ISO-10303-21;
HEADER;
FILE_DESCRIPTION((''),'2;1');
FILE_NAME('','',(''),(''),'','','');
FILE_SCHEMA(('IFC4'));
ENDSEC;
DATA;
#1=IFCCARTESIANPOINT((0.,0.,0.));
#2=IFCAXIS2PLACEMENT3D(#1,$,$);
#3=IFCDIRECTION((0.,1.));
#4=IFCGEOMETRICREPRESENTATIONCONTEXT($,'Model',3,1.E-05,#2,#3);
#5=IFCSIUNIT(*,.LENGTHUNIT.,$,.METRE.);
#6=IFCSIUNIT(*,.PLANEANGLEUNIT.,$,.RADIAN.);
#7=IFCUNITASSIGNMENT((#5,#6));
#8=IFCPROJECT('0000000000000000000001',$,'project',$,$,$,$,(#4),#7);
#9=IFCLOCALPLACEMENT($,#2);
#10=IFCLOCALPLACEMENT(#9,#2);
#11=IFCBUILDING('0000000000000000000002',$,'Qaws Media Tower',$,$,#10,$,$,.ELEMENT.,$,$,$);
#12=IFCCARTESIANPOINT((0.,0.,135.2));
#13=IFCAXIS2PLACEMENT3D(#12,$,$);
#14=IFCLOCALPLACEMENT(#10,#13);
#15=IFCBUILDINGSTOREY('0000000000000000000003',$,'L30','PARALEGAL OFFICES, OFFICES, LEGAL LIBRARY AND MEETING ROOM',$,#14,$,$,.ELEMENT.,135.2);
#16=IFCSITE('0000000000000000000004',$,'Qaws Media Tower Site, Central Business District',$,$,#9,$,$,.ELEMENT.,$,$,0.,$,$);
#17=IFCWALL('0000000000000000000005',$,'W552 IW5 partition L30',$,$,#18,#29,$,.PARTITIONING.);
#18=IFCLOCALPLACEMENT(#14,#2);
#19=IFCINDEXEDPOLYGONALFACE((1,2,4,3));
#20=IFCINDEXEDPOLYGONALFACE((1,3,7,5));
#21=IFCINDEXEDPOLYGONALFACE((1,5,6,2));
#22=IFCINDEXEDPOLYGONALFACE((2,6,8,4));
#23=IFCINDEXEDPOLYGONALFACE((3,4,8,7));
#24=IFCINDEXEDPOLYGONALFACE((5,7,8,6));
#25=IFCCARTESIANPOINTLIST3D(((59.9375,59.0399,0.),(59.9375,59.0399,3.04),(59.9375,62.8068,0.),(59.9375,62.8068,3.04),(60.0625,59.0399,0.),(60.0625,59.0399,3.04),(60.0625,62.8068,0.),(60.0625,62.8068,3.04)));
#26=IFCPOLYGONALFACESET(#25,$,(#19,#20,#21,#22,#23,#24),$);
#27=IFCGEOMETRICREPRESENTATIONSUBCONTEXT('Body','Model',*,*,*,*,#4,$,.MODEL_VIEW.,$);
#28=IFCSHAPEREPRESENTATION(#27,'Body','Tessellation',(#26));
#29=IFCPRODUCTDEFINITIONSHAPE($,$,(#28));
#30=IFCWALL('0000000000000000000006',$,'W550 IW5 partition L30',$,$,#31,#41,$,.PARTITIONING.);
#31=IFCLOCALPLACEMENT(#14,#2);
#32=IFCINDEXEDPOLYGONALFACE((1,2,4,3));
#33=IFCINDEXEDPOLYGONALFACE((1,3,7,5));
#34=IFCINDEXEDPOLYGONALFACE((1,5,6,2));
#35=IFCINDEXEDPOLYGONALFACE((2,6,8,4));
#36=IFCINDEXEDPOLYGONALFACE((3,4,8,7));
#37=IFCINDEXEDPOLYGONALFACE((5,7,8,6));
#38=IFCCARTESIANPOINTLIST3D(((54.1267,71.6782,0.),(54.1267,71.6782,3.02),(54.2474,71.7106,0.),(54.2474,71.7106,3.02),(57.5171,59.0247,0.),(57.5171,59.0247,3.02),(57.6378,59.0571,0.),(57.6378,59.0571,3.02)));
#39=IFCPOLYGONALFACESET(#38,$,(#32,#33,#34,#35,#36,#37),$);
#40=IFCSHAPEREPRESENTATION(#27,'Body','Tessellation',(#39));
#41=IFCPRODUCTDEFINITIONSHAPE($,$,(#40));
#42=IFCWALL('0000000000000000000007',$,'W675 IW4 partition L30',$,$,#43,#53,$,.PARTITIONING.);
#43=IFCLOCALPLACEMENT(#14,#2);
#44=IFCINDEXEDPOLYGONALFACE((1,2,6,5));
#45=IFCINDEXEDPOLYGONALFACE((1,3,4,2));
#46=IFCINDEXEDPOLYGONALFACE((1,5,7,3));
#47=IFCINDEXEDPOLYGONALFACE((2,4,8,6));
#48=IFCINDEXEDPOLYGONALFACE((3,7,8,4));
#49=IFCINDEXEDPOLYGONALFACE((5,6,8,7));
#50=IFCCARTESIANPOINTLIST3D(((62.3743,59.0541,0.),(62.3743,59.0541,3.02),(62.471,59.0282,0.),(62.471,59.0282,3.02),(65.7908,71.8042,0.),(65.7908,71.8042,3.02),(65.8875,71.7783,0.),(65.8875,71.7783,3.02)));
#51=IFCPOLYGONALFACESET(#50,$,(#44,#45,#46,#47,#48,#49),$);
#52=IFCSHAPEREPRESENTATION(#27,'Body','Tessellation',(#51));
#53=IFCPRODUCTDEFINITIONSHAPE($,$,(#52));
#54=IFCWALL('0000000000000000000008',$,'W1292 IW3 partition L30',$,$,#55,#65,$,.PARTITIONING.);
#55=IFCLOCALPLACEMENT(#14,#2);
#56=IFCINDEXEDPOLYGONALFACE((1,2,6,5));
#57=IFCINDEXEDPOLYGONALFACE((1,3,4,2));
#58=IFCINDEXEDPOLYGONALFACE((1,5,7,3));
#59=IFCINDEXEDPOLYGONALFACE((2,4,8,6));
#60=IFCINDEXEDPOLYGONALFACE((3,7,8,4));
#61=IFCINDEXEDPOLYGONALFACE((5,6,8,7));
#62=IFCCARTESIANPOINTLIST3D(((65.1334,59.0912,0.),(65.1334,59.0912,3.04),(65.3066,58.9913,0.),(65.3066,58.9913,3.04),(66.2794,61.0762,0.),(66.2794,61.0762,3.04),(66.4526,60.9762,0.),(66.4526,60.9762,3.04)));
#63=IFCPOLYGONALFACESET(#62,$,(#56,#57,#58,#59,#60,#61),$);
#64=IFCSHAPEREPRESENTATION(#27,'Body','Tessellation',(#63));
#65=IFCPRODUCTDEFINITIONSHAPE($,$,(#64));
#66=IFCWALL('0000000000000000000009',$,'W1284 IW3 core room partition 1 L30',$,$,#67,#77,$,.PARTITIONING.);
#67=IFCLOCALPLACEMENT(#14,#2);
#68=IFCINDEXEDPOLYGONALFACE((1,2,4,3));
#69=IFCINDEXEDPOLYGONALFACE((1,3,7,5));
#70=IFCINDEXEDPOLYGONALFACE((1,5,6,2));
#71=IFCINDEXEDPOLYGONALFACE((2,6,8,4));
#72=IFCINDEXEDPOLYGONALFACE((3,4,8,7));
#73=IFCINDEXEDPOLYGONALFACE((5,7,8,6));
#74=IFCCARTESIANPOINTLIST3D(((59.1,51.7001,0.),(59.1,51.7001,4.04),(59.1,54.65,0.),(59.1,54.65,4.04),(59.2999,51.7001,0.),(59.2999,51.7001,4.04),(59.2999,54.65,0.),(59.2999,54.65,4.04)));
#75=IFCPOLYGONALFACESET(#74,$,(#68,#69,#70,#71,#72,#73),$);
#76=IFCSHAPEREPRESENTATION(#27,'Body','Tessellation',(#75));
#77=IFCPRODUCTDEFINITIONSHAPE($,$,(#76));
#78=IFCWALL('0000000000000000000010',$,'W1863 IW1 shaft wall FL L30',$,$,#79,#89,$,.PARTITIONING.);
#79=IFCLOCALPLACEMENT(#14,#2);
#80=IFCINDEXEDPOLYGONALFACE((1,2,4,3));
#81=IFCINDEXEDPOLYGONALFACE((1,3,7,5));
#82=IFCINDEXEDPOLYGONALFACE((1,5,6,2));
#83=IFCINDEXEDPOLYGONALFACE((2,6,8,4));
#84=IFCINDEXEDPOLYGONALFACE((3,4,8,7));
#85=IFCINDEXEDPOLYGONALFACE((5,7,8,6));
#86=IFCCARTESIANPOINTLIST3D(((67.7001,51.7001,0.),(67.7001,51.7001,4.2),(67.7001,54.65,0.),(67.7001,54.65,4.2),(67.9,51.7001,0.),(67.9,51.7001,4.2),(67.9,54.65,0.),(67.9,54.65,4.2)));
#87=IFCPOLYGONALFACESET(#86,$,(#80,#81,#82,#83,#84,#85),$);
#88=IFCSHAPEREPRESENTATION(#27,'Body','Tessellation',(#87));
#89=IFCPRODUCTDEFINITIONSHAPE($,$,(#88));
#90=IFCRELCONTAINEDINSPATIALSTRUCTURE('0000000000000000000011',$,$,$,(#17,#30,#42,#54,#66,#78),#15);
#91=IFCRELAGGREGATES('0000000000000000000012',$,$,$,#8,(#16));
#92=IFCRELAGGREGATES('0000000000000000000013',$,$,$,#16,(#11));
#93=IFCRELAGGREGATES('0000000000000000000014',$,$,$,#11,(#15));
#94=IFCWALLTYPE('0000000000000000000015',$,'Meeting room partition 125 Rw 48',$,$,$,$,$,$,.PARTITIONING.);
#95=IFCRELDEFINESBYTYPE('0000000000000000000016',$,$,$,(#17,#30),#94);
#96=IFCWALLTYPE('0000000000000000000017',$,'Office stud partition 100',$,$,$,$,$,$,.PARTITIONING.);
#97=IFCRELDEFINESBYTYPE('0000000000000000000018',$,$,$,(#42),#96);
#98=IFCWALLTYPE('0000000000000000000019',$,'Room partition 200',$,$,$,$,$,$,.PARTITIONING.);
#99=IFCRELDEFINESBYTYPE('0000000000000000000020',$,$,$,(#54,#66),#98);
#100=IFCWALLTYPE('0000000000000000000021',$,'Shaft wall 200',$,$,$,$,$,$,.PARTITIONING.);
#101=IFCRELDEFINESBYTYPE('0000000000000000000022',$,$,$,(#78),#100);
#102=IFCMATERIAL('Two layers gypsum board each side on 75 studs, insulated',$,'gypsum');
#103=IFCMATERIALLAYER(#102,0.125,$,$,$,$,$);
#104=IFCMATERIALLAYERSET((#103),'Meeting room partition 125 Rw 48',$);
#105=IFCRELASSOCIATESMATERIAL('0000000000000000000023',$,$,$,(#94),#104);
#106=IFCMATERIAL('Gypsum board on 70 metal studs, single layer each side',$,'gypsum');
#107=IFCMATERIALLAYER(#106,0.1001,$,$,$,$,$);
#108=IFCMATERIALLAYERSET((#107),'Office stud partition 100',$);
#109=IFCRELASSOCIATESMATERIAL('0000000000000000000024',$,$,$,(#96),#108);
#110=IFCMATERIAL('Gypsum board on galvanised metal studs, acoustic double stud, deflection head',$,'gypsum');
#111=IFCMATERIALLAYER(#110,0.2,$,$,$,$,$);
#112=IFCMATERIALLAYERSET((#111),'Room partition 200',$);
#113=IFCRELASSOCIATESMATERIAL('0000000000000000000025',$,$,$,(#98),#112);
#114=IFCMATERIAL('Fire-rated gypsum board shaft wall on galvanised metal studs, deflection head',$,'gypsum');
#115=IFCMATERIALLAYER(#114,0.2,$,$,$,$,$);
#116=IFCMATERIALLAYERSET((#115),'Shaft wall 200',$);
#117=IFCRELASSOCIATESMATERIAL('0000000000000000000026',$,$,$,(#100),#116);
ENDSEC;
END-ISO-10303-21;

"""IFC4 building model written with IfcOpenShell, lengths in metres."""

from ifc_helpers import new_model, si_unit, direction, frame, frame_2d, origin, place, context, subcontext, project, spatial, rectangle, extrude, material, layer, layer_set, type_object, element, save


model = new_model("IFC4")

# Units and contexts
model_context = context("Model", 3, precision=1e-05, world=origin(), true_north=direction((0.0, 1.0)))
body_context = subcontext(model_context, "Body", "Model", "MODEL_VIEW")
ifc_project = project(units=[si_unit("LENGTHUNIT", "METRE"), si_unit("PLANEANGLEUNIT", "RADIAN")], contexts=[model_context])

# Site, building, storey
site_placement = place(None, origin())
site = spatial("IfcSite", under=ifc_project, at=site_placement, Name="Qaws Media Tower Site, Central Business District", CompositionType="ELEMENT", RefElevation=0.0)
building_placement = place(site_placement, origin())
building = spatial("IfcBuilding", under=site, at=building_placement, Name="Qaws Media Tower", CompositionType="ELEMENT")
storey_placement = place(building_placement, frame((0.0, 0.0, 135.2)))
storey = spatial("IfcBuildingStorey", under=building, at=storey_placement, Name="L30", Description="PARALEGAL OFFICES, OFFICES, LEGAL LIBRARY AND MEETING ROOM", CompositionType="ELEMENT", Elevation=135.2)

# Walls
ifc_material_1 = material(Name="Two layers gypsum board each side on 75 studs, insulated", Category="gypsum")
ifc_layer_1 = layer(ifc_material_1, 0.125)
ifc_layer_set_1 = layer_set([ifc_layer_1], Name="Meeting room partition 125 Rw 48")
wall_type_1 = type_object("IfcWallType", Name="Meeting room partition 125 Rw 48", PredefinedType="PARTITIONING", material=ifc_layer_set_1)
wall_1_placement = place(storey_placement, frame((60.0, 59.04, 0.0), z_axis=(0.0, 0.0, 1.0), x_axis=(0.0, 1.0, 0.0)))
element("IfcWall", 1, at=wall_1_placement, inside=storey, type_object=wall_type_1, Name="W552 IW5 partition L30", PredefinedType="PARTITIONING", context=body_context, shape_type="SweptSolid", body=[
    extrude(rectangle(XDim=3.7668, YDim=0.125, at=frame_2d((1.8833, 0.0))), origin(), (0.0, 0.0, 1.0), 3.04),
])
wall_2_placement = place(storey_placement, frame((57.5774, 59.041, 0.0), z_axis=(0.0, 0.0, 1.0), x_axis=(-0.25881, 0.965928, 0.0)))
element("IfcWall", 2, at=wall_2_placement, inside=storey, type_object=wall_type_1, Name="W550 IW5 partition L30", PredefinedType="PARTITIONING", context=body_context, shape_type="SweptSolid", body=[
    extrude(rectangle(XDim=13.0999, YDim=0.125, at=frame_2d((6.5498, 0.0))), origin(), (0.0, 0.0, 1.0), 3.02),
])
ifc_material_2 = material(Name="Gypsum board on 70 metal studs, single layer each side", Category="gypsum")
ifc_layer_2 = layer(ifc_material_2, 0.1001)
ifc_layer_set_2 = layer_set([ifc_layer_2], Name="Office stud partition 100")
wall_type_2 = type_object("IfcWallType", Name="Office stud partition 100", PredefinedType="PARTITIONING", material=ifc_layer_set_2)
wall_3_placement = place(storey_placement, frame((62.4226, 59.041, 0.0), z_axis=(0.0, 0.0, 1.0), x_axis=(0.258825, 0.965924, 0.0)))
element("IfcWall", 3, at=wall_3_placement, inside=storey, type_object=wall_type_2, Name="W675 IW4 partition L30", PredefinedType="PARTITIONING", context=body_context, shape_type="SweptSolid", body=[
    extrude(rectangle(XDim=13.2, YDim=0.1001, at=frame_2d((6.6001, 0.0))), origin(), (0.0, 0.0, 1.0), 3.02),
])
ifc_material_3 = material(Name="Gypsum board on galvanised metal studs, acoustic double stud, deflection head", Category="gypsum")
ifc_layer_3 = layer(ifc_material_3, 0.2)
ifc_layer_set_3 = layer_set([ifc_layer_3], Name="Room partition 200")
wall_type_3 = type_object("IfcWallType", Name="Room partition 200", PredefinedType="PARTITIONING", material=ifc_layer_set_3)
wall_4_placement = place(storey_placement, frame((65.22, 59.0413, 0.0), z_axis=(0.0, 0.0, 1.0), x_axis=(0.500011, 0.866019, 0.0)))
element("IfcWall", 4, at=wall_4_placement, inside=storey, type_object=wall_type_3, Name="W1292 IW3 partition L30", PredefinedType="PARTITIONING", context=body_context, shape_type="SweptSolid", body=[
    extrude(rectangle(XDim=2.292, YDim=0.2, at=frame_2d((1.146, 0.0))), origin(), (0.0, 0.0, 1.0), 3.04),
])
wall_5_placement = place(storey_placement, frame((59.2, 51.7, 0.0), z_axis=(0.0, 0.0, 1.0), x_axis=(0.0, 1.0, 0.0)))
element("IfcWall", 5, at=wall_5_placement, inside=storey, type_object=wall_type_3, Name="W1284 IW3 core room partition 1 L30", PredefinedType="PARTITIONING", context=body_context, shape_type="SweptSolid", body=[
    extrude(rectangle(XDim=2.95, YDim=0.2, at=frame_2d((1.4751, 0.0))), origin(), (0.0, 0.0, 1.0), 4.04),
])
ifc_material_4 = material(Name="Fire-rated gypsum board shaft wall on galvanised metal studs, deflection head", Category="gypsum")
ifc_layer_4 = layer(ifc_material_4, 0.2)
ifc_layer_set_4 = layer_set([ifc_layer_4], Name="Shaft wall 200")
wall_type_4 = type_object("IfcWallType", Name="Shaft wall 200", PredefinedType="PARTITIONING", material=ifc_layer_set_4)
wall_6_placement = place(storey_placement, frame((67.8, 51.7, 0.0), z_axis=(0.0, 0.0, 1.0), x_axis=(0.0, 1.0, 0.0)))
element("IfcWall", 6, at=wall_6_placement, inside=storey, type_object=wall_type_4, Name="W1863 IW1 shaft wall FL L30", PredefinedType="PARTITIONING", context=body_context, shape_type="SweptSolid", body=[
    extrude(rectangle(XDim=2.95, YDim=0.2, at=frame_2d((1.4751, 0.0))), origin(), (0.0, 0.0, 1.0), 4.2),
])

save(model, "model.ifc")
